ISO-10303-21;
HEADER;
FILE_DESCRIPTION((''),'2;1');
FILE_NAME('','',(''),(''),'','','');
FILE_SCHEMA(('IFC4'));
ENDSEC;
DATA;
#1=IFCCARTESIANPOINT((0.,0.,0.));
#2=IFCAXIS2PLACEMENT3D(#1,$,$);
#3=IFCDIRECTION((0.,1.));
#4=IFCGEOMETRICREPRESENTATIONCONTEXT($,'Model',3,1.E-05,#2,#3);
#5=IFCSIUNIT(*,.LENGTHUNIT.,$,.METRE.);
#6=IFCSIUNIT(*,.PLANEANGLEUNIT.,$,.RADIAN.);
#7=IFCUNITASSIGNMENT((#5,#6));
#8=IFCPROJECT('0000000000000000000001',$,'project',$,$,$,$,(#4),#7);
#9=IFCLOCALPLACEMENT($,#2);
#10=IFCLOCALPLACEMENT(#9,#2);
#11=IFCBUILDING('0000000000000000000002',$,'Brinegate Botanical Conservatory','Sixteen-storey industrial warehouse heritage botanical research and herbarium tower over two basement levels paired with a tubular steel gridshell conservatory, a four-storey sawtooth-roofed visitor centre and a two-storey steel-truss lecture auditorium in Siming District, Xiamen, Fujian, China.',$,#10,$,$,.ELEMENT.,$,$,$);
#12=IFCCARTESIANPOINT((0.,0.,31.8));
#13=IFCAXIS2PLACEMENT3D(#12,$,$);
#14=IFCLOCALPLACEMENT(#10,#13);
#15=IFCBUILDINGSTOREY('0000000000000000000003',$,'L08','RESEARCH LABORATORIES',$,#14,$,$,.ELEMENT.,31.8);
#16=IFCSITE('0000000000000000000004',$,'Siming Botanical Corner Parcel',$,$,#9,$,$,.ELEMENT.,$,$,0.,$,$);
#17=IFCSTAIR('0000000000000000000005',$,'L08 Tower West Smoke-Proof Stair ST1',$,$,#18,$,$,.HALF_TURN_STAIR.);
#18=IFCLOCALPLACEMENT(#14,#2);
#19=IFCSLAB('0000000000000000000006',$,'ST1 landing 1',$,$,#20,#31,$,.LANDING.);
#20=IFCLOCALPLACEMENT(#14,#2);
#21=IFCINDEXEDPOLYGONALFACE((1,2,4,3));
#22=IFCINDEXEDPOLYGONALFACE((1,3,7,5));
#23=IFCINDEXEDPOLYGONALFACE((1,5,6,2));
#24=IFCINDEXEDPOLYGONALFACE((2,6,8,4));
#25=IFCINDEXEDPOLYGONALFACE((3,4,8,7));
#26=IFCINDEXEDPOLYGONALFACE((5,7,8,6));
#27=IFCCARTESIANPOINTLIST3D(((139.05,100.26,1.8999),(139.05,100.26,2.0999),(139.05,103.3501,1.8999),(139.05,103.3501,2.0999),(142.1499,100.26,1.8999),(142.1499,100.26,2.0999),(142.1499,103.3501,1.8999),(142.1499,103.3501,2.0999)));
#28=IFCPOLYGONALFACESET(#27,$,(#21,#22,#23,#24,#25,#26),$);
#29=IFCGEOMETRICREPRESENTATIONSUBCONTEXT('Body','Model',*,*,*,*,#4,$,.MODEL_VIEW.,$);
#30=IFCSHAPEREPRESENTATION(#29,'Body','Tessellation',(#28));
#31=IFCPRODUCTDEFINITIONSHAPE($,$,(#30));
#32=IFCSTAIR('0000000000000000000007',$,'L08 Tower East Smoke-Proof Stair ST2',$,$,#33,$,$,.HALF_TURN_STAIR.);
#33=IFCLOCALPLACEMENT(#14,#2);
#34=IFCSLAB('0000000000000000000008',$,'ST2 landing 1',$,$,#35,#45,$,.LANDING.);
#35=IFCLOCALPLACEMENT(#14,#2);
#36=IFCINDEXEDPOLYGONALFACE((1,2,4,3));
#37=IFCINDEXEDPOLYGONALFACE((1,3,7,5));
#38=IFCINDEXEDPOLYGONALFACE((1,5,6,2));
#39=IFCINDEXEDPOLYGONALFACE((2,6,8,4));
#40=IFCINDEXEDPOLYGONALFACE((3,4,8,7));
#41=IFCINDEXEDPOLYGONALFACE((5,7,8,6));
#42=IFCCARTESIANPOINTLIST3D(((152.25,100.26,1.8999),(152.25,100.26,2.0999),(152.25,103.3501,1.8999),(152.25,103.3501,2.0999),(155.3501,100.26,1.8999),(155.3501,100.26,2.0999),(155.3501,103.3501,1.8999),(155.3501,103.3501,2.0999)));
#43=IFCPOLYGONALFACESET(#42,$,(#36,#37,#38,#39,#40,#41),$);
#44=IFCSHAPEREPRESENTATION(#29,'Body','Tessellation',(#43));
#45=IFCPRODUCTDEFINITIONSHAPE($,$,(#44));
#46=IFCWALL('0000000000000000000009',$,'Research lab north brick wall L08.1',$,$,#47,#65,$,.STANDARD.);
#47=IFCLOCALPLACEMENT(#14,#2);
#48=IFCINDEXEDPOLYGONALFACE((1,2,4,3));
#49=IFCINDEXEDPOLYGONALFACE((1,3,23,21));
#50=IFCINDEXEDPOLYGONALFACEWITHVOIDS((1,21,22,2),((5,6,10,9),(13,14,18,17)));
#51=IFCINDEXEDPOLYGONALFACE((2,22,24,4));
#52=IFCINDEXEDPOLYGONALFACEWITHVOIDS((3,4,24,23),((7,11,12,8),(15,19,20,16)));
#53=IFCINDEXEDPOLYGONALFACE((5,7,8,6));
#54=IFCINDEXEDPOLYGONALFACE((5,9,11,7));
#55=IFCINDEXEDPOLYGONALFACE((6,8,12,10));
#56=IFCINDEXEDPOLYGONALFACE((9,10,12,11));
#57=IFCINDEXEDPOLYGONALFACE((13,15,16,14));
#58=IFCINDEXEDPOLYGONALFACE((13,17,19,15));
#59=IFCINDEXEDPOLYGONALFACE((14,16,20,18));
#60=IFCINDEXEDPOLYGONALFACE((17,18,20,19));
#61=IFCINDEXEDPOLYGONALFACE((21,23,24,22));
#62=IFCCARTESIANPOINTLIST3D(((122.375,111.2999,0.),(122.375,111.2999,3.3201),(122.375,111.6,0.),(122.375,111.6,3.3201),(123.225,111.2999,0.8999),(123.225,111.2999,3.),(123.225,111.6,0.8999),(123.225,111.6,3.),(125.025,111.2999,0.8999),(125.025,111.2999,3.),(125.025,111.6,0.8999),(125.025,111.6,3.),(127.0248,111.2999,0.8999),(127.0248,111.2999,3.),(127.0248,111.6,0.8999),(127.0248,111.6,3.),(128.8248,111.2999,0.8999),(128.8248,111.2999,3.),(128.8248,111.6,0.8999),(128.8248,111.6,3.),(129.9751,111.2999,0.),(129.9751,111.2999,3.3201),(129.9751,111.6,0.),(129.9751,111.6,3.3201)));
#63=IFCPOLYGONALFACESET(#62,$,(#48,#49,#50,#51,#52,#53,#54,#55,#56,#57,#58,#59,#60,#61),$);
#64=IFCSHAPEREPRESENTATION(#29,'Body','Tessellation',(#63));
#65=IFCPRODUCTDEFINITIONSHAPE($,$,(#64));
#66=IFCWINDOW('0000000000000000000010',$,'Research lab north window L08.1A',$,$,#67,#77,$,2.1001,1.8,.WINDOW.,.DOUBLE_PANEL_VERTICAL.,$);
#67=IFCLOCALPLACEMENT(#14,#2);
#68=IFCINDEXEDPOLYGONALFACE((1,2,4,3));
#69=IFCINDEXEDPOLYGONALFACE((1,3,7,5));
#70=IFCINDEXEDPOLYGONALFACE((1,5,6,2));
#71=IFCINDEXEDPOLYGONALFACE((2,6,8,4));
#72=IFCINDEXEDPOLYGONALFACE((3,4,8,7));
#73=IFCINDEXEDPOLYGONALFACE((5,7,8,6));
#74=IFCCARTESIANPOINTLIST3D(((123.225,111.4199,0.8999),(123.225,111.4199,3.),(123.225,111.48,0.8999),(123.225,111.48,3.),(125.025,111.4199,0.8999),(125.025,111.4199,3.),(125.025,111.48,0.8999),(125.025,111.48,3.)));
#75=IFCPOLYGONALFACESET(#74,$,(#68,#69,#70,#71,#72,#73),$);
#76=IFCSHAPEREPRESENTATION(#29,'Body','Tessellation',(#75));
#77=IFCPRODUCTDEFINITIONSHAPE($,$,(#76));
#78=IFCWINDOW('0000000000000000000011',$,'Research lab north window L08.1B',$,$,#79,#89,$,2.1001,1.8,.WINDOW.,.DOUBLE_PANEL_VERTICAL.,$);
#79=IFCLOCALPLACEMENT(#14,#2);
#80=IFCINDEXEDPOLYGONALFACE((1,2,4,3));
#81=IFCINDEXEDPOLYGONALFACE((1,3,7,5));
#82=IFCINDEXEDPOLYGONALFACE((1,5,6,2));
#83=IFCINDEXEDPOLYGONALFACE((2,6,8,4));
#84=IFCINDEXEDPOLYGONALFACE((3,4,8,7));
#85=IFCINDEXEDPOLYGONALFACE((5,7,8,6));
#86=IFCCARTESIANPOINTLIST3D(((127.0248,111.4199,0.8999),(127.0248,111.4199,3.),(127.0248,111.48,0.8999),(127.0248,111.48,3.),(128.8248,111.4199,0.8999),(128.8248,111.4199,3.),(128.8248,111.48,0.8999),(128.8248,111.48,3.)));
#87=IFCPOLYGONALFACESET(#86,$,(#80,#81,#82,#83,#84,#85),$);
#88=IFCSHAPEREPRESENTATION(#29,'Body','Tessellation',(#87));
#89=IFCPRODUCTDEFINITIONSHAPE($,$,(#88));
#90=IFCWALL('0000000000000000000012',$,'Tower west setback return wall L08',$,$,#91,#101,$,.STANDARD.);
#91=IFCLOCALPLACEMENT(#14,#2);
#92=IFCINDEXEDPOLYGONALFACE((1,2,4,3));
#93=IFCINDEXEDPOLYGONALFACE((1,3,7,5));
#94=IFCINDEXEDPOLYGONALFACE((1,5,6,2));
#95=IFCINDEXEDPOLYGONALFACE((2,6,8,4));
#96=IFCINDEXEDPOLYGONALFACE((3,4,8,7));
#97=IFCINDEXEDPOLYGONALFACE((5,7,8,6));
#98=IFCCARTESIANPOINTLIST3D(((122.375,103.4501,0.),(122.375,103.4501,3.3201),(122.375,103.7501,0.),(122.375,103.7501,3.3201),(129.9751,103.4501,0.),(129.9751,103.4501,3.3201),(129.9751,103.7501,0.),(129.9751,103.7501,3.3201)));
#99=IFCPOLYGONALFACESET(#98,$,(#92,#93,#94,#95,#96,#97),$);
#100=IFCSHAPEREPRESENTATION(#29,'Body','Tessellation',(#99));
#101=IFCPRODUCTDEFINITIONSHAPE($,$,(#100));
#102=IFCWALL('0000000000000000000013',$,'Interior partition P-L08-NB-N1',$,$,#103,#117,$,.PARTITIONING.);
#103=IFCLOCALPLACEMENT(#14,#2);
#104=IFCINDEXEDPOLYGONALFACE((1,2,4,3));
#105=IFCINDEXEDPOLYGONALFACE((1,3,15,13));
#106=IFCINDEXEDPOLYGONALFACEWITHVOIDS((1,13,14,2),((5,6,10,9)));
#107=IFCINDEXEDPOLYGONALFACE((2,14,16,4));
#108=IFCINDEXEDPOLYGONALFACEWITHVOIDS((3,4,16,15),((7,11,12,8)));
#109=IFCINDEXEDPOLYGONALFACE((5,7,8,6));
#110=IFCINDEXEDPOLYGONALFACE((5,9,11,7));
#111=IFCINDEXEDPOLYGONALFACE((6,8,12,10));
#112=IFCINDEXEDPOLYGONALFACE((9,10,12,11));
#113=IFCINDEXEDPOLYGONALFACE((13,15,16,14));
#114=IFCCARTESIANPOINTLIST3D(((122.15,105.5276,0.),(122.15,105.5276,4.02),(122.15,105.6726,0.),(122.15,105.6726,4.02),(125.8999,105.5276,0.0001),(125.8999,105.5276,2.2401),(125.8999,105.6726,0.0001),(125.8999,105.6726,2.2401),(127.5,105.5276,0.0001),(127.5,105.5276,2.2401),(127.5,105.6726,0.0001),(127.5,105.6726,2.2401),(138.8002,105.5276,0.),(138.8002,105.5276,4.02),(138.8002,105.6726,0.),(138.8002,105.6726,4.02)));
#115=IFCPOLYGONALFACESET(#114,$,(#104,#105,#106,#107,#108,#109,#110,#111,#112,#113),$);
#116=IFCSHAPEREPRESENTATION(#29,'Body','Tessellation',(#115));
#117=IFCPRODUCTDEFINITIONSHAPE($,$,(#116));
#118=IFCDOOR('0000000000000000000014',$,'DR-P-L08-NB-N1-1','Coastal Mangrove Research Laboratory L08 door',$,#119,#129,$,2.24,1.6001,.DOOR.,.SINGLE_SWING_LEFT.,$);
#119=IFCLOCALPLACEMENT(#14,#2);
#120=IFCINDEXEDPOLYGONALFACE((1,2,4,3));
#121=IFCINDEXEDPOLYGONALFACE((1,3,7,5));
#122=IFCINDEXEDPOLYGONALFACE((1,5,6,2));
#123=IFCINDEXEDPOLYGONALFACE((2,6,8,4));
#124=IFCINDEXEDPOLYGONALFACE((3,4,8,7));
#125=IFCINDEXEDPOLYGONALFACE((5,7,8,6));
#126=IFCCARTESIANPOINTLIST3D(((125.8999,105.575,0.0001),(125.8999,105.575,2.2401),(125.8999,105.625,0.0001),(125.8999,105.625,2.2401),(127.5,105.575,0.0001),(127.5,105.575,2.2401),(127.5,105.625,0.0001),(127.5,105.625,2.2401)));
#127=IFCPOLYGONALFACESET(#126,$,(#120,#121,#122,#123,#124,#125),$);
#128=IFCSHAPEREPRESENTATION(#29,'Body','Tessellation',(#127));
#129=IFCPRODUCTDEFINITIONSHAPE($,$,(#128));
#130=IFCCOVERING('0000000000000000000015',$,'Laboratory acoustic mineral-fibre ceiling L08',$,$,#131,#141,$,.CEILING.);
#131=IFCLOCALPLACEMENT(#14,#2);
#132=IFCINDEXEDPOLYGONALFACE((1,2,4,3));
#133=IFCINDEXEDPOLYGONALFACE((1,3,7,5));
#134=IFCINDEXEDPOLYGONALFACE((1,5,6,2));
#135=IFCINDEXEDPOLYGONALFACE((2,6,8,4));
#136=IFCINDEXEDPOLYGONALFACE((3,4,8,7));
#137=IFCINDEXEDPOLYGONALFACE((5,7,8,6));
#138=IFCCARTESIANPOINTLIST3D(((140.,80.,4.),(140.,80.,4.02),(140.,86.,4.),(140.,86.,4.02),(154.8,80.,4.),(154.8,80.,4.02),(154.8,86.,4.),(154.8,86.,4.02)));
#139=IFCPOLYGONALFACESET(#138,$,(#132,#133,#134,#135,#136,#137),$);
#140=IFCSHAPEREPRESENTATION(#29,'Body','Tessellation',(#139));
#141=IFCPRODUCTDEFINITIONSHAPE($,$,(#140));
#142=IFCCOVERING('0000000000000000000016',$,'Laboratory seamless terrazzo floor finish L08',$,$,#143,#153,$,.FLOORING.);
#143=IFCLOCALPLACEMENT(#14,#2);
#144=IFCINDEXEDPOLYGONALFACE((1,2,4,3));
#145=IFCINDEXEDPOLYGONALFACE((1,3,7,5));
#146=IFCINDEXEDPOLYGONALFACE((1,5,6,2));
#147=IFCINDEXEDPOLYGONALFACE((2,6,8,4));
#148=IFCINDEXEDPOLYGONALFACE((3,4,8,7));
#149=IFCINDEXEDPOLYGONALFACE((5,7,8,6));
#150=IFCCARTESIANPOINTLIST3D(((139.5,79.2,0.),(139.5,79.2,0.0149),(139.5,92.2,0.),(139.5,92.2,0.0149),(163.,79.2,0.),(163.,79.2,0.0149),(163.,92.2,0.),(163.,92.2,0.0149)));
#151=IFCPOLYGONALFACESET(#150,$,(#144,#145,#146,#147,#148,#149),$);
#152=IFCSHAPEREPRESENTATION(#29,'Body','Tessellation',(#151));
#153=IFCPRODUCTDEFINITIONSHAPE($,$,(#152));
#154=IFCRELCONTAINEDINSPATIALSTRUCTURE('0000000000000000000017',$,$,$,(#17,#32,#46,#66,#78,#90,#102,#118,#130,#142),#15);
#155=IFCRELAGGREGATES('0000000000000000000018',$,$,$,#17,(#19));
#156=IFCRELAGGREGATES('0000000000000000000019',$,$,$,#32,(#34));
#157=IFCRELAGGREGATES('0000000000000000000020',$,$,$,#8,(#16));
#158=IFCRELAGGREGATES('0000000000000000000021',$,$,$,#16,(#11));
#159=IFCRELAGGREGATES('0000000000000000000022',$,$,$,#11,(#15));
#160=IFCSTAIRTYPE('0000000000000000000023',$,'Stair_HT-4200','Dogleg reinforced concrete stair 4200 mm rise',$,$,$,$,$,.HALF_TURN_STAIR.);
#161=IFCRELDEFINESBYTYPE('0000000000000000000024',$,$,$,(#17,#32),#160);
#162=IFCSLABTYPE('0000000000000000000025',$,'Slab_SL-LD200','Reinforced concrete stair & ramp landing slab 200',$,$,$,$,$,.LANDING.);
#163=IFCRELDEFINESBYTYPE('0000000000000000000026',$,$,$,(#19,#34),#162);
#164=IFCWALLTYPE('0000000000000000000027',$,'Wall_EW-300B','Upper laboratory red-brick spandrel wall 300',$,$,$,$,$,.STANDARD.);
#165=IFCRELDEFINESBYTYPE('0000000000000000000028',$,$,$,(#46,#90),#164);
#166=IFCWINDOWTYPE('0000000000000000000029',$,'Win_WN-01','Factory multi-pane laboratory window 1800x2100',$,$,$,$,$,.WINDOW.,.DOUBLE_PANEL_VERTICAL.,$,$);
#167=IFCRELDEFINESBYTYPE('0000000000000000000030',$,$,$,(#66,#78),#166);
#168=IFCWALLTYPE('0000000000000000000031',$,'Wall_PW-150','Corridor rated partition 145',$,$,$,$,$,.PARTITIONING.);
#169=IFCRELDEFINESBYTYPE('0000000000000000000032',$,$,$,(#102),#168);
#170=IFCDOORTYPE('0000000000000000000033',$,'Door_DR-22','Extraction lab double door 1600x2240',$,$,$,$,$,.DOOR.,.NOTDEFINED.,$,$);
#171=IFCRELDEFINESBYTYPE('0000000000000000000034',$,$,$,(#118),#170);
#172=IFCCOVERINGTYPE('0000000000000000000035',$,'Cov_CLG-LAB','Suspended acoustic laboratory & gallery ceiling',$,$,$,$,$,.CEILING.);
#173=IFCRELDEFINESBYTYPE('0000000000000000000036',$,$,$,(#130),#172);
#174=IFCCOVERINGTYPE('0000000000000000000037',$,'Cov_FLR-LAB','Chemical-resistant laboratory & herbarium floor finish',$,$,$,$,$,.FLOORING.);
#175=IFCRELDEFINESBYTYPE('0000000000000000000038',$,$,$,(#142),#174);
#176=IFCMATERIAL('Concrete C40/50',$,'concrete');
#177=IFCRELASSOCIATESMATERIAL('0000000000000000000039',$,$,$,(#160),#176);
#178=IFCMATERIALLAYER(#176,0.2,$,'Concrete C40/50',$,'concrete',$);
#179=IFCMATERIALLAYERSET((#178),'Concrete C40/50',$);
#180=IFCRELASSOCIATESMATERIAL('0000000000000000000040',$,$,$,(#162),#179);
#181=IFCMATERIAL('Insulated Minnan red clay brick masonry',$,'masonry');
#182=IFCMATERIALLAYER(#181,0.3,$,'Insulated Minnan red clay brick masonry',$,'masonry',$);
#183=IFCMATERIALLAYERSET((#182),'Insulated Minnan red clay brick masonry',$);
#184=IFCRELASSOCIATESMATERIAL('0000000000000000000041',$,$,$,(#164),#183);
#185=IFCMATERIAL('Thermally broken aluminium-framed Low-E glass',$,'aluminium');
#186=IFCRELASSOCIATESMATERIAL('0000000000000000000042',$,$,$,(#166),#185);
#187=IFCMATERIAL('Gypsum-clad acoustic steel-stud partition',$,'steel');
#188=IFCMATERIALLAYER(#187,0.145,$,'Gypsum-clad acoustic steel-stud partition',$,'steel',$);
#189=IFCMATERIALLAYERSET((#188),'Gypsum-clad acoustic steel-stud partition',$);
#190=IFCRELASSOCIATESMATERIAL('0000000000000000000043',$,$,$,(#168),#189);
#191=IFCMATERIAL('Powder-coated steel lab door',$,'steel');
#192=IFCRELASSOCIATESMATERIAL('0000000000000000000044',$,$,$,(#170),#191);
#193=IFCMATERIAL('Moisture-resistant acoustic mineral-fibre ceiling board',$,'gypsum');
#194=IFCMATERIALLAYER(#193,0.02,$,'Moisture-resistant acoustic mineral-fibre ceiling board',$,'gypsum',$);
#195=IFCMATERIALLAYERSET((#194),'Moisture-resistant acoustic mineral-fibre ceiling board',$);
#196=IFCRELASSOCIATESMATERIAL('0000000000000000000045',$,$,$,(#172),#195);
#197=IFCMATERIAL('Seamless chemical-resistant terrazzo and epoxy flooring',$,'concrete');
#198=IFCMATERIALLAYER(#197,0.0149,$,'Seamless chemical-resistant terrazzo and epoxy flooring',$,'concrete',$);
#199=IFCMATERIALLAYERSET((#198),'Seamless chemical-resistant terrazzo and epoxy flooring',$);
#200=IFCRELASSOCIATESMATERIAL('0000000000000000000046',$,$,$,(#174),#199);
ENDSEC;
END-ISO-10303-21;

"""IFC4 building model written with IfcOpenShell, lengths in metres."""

from ifc_helpers import new_model, si_unit, direction, frame, frame_2d, origin, place, context, subcontext, project, spatial, polyline, rectangle, outline, extrude, material, layer, layer_set, type_object, element, fill, aggregate, save


model = new_model("IFC4")

# Units and contexts
model_context = context("Model", 3, precision=1e-05, world=origin(), true_north=direction((0.0, 1.0)))
body_context = subcontext(model_context, "Body", "Model", "MODEL_VIEW")
ifc_project = project(units=[si_unit("LENGTHUNIT", "METRE"), si_unit("PLANEANGLEUNIT", "RADIAN")], contexts=[model_context])

# Site, building, storey
site_placement = place(None, origin())
site = spatial("IfcSite", under=ifc_project, at=site_placement, Name="Siming Botanical Corner Parcel", CompositionType="ELEMENT", RefElevation=0.0)
building_placement = place(site_placement, origin())
building = spatial("IfcBuilding", under=site, at=building_placement, Name="Brinegate Botanical Conservatory", Description="Sixteen-storey industrial warehouse heritage botanical research and herbarium tower over two basement levels paired with a tubular steel gridshell conservatory, a four-storey sawtooth-roofed visitor centre and a two-storey steel-truss lecture auditorium in Siming District, Xiamen, Fujian, China.", CompositionType="ELEMENT")
storey_placement = place(building_placement, frame((0.0, 0.0, 31.8)))
storey = spatial("IfcBuildingStorey", under=building, at=storey_placement, Name="L08", Description="RESEARCH LABORATORIES", CompositionType="ELEMENT", Elevation=31.8)

# Shared definitions
ifc_material_1 = material(Name="Concrete C40/50", Category="concrete")

# Stairs, slabs
stair_type = type_object("IfcStairType", Name="Stair_HT-4200", Description="Dogleg reinforced concrete stair 4200 mm rise", PredefinedType="HALF_TURN_STAIR", material=ifc_material_1)
stair_1_placement = place(storey_placement, origin())
stair_1 = element("IfcStair", 1, at=stair_1_placement, inside=storey, type_object=stair_type, Name="L08 Tower West Smoke-Proof Stair ST1", PredefinedType="HALF_TURN_STAIR")
ifc_layer_1 = layer(ifc_material_1, 0.2, Name="Concrete C40/50", Category="concrete")
ifc_layer_set_1 = layer_set([ifc_layer_1], Name="Concrete C40/50")
slab_type_1 = type_object("IfcSlabType", Name="Slab_SL-LD200", Description="Reinforced concrete stair & ramp landing slab 200", PredefinedType="LANDING", material=ifc_layer_set_1)
slab_1_placement = place(storey_placement, frame((0.0, 0.0, 1.8999)))
slab_1 = element("IfcSlab", 2, at=slab_1_placement, type_object=slab_type_1, Name="ST1 landing 1", PredefinedType="LANDING", context=body_context, shape_type="SweptSolid", body=[
    extrude(outline(polyline([(142.1499, 100.26), (142.1499, 103.3501), (139.05, 103.3501), (139.05, 100.26), (142.1499, 100.26)])), origin(), (0.0, 0.0, 1.0), 0.2),
])
aggregate(stair_1, [slab_1])
stair_2_placement = place(storey_placement, origin())
stair_2 = element("IfcStair", 3, at=stair_2_placement, inside=storey, type_object=stair_type, Name="L08 Tower East Smoke-Proof Stair ST2", PredefinedType="HALF_TURN_STAIR")
slab_2_placement = place(storey_placement, frame((0.0, 0.0, 1.8999)))
slab_2 = element("IfcSlab", 4, at=slab_2_placement, type_object=slab_type_1, Name="ST2 landing 1", PredefinedType="LANDING", context=body_context, shape_type="SweptSolid", body=[
    extrude(outline(polyline([(155.3501, 100.26), (155.3501, 103.3501), (152.25, 103.3501), (152.25, 100.26), (155.3501, 100.26)])), origin(), (0.0, 0.0, 1.0), 0.2),
])
aggregate(stair_2, [slab_2])

# Wall, openings, windows
ifc_material_2 = material(Name="Insulated Minnan red clay brick masonry", Category="masonry")
ifc_layer_2 = layer(ifc_material_2, 0.3, Name="Insulated Minnan red clay brick masonry", Category="masonry")
ifc_layer_set_2 = layer_set([ifc_layer_2], Name="Insulated Minnan red clay brick masonry")
wall_type_1 = type_object("IfcWallType", Name="Wall_EW-300B", Description="Upper laboratory red-brick spandrel wall 300", PredefinedType="STANDARD", material=ifc_layer_set_2)
wall_1_placement = place(storey_placement, frame((122.375, 111.45, 0.0), z_axis=(0.0, 0.0, 1.0), x_axis=(1.0, 0.0, 0.0)))
wall_1 = element("IfcWall", 5, at=wall_1_placement, inside=storey, type_object=wall_type_1, Name="Research lab north brick wall L08.1", PredefinedType="STANDARD", context=body_context, shape_type="SweptSolid", body=[
    extrude(rectangle(XDim=7.6001, YDim=0.3, at=frame_2d((3.8, 0.0))), origin(), (0.0, 0.0, 1.0), 3.3201),
])
opening_1_placement = place(wall_1_placement, frame((0.8501, 0.0, 0.8999)))
opening_1 = element("IfcOpeningElement", 6, at=opening_1_placement, cuts=wall_1, PredefinedType="OPENING", context=body_context, shape_type="SweptSolid", body=[
    extrude(rectangle(XDim=1.8, YDim=2.1001, at=frame_2d((0.8999, 1.05))), frame((0.0, 0.1599, 0.0), z_axis=(0.0, -1.0, 0.0), x_axis=(1.0, 0.0, 0.0)), (0.0, 0.0, 1.0), 0.3201),
])
opening_2_placement = place(wall_1_placement, frame((4.6499, 0.0, 0.8999)))
opening_2 = element("IfcOpeningElement", 7, at=opening_2_placement, cuts=wall_1, PredefinedType="OPENING", context=body_context, shape_type="SweptSolid", body=[
    extrude(rectangle(XDim=1.8, YDim=2.1001, at=frame_2d((0.8999, 1.05))), frame((0.0, 0.1599, 0.0), z_axis=(0.0, -1.0, 0.0), x_axis=(1.0, 0.0, 0.0)), (0.0, 0.0, 1.0), 0.3201),
])
ifc_material_3 = material(Name="Thermally broken aluminium-framed Low-E glass", Category="aluminium")
window_type = type_object("IfcWindowType", Name="Win_WN-01", Description="Factory multi-pane laboratory window 1800x2100", PartitioningType="DOUBLE_PANEL_VERTICAL", PredefinedType="WINDOW", material=ifc_material_3)
window_1_placement = place(opening_1_placement, origin())
window_1 = element("IfcWindow", 8, at=window_1_placement, inside=storey, type_object=window_type, Name="Research lab north window L08.1A", OverallHeight=2.1001, OverallWidth=1.8, PartitioningType="DOUBLE_PANEL_VERTICAL", PredefinedType="WINDOW", context=body_context, shape_type="SweptSolid", body=[
    extrude(rectangle(XDim=1.8, YDim=2.1001, at=frame_2d((0.8999, 1.05))), frame((0.0, 0.03, 0.0), z_axis=(0.0, -1.0, 0.0), x_axis=(1.0, 0.0, 0.0)), (0.0, 0.0, 1.0), 0.0601),
])
fill(opening_1, window_1)
window_2_placement = place(opening_2_placement, origin())
window_2 = element("IfcWindow", 9, at=window_2_placement, inside=storey, type_object=window_type, Name="Research lab north window L08.1B", OverallHeight=2.1001, OverallWidth=1.8, PartitioningType="DOUBLE_PANEL_VERTICAL", PredefinedType="WINDOW", context=body_context, shape_type="SweptSolid", body=[
    extrude(rectangle(XDim=1.8, YDim=2.1001, at=frame_2d((0.8999, 1.05))), frame((0.0, 0.03, 0.0), z_axis=(0.0, -1.0, 0.0), x_axis=(1.0, 0.0, 0.0)), (0.0, 0.0, 1.0), 0.0601),
])
fill(opening_2, window_2)

# Wall
wall_2_placement = place(storey_placement, frame((129.9751, 103.6001, 0.0), z_axis=(0.0, 0.0, 1.0), x_axis=(-1.0, 0.0, 0.0)))
element("IfcWall", 10, at=wall_2_placement, inside=storey, type_object=wall_type_1, Name="Tower west setback return wall L08", PredefinedType="STANDARD", context=body_context, shape_type="SweptSolid", body=[
    extrude(rectangle(XDim=7.6001, YDim=0.3, at=frame_2d((3.8, 0.0))), origin(), (0.0, 0.0, 1.0), 3.3201),
])

# Wall, opening, door
ifc_material_4 = material(Name="Gypsum-clad acoustic steel-stud partition", Category="steel")
ifc_layer_3 = layer(ifc_material_4, 0.145, Name="Gypsum-clad acoustic steel-stud partition", Category="steel")
ifc_layer_set_3 = layer_set([ifc_layer_3], Name="Gypsum-clad acoustic steel-stud partition")
wall_type_2 = type_object("IfcWallType", Name="Wall_PW-150", Description="Corridor rated partition 145", PredefinedType="PARTITIONING", material=ifc_layer_set_3)
wall_3_placement = place(storey_placement, frame((122.1499, 105.6001, 0.0), z_axis=(0.0, 0.0, 1.0), x_axis=(1.0, 0.0, 0.0)))
wall_3 = element("IfcWall", 11, at=wall_3_placement, inside=storey, type_object=wall_type_2, Name="Interior partition P-L08-NB-N1", PredefinedType="PARTITIONING", context=body_context, shape_type="SweptSolid", body=[
    extrude(rectangle(XDim=16.6501, YDim=0.145, at=frame_2d((8.3252, 0.0))), origin(), (0.0, 0.0, 1.0), 4.02),
])
opening_3_placement = place(wall_3_placement, frame((3.75, 0.0, 0.0)))
opening_3 = element("IfcOpeningElement", 12, at=opening_3_placement, cuts=wall_3, PredefinedType="OPENING", context=body_context, shape_type="SweptSolid", body=[
    extrude(rectangle(XDim=1.6001, YDim=2.24, at=frame_2d((0.8, 1.1201))), frame((0.0, 0.0825, 0.0), z_axis=(0.0, -1.0, 0.0), x_axis=(1.0, 0.0, 0.0)), (0.0, 0.0, 1.0), 0.165),
])
ifc_material_5 = material(Name="Powder-coated steel lab door", Category="steel")
door_type = type_object("IfcDoorType", Name="Door_DR-22", Description="Extraction lab double door 1600x2240", OperationType="NOTDEFINED", PredefinedType="DOOR", material=ifc_material_5)
door_placement = place(opening_3_placement, origin())
door = element("IfcDoor", 13, at=door_placement, inside=storey, type_object=door_type, Name="DR-P-L08-NB-N1-1", Description="Coastal Mangrove Research Laboratory L08 door", OperationType="SINGLE_SWING_LEFT", OverallHeight=2.24, OverallWidth=1.6001, PredefinedType="DOOR", context=body_context, shape_type="SweptSolid", body=[
    extrude(rectangle(XDim=1.6001, YDim=2.24, at=frame_2d((0.8, 1.1201))), frame((0.0, 0.0249, 0.0), z_axis=(0.0, -1.0, 0.0), x_axis=(1.0, 0.0, 0.0)), (0.0, 0.0, 1.0), 0.05),
])
fill(opening_3, door)

# Coverings
ifc_material_6 = material(Name="Moisture-resistant acoustic mineral-fibre ceiling board", Category="gypsum")
ifc_layer_4 = layer(ifc_material_6, 0.02, Name="Moisture-resistant acoustic mineral-fibre ceiling board", Category="gypsum")
ifc_layer_set_4 = layer_set([ifc_layer_4], Name="Moisture-resistant acoustic mineral-fibre ceiling board")
covering_type_1 = type_object("IfcCoveringType", Name="Cov_CLG-LAB", Description="Suspended acoustic laboratory & gallery ceiling", PredefinedType="CEILING", material=ifc_layer_set_4)
covering_1_placement = place(storey_placement, frame((0.0, 0.0, 4.0)))
element("IfcCovering", 14, at=covering_1_placement, inside=storey, type_object=covering_type_1, Name="Laboratory acoustic mineral-fibre ceiling L08", PredefinedType="CEILING", context=body_context, shape_type="SweptSolid", body=[
    extrude(outline(polyline([(140.0, 80.0), (154.8, 80.0), (154.8, 86.0), (140.0, 86.0), (140.0, 80.0)])), origin(), (0.0, 0.0, 1.0), 0.02),
])
ifc_material_7 = material(Name="Seamless chemical-resistant terrazzo and epoxy flooring", Category="concrete")
ifc_layer_5 = layer(ifc_material_7, 0.0149, Name="Seamless chemical-resistant terrazzo and epoxy flooring", Category="concrete")
ifc_layer_set_5 = layer_set([ifc_layer_5], Name="Seamless chemical-resistant terrazzo and epoxy flooring")
covering_type_2 = type_object("IfcCoveringType", Name="Cov_FLR-LAB", Description="Chemical-resistant laboratory & herbarium floor finish", PredefinedType="FLOORING", material=ifc_layer_set_5)
covering_2_placement = place(storey_placement, origin())
element("IfcCovering", 15, at=covering_2_placement, inside=storey, type_object=covering_type_2, Name="Laboratory seamless terrazzo floor finish L08", PredefinedType="FLOORING", context=body_context, shape_type="SweptSolid", body=[
    extrude(outline(polyline([(139.5, 79.2), (163.0, 79.2), (163.0, 92.2), (139.5, 92.2), (139.5, 79.2)])), origin(), (0.0, 0.0, 1.0), 0.0149),
])

save(model, "model.ifc")
